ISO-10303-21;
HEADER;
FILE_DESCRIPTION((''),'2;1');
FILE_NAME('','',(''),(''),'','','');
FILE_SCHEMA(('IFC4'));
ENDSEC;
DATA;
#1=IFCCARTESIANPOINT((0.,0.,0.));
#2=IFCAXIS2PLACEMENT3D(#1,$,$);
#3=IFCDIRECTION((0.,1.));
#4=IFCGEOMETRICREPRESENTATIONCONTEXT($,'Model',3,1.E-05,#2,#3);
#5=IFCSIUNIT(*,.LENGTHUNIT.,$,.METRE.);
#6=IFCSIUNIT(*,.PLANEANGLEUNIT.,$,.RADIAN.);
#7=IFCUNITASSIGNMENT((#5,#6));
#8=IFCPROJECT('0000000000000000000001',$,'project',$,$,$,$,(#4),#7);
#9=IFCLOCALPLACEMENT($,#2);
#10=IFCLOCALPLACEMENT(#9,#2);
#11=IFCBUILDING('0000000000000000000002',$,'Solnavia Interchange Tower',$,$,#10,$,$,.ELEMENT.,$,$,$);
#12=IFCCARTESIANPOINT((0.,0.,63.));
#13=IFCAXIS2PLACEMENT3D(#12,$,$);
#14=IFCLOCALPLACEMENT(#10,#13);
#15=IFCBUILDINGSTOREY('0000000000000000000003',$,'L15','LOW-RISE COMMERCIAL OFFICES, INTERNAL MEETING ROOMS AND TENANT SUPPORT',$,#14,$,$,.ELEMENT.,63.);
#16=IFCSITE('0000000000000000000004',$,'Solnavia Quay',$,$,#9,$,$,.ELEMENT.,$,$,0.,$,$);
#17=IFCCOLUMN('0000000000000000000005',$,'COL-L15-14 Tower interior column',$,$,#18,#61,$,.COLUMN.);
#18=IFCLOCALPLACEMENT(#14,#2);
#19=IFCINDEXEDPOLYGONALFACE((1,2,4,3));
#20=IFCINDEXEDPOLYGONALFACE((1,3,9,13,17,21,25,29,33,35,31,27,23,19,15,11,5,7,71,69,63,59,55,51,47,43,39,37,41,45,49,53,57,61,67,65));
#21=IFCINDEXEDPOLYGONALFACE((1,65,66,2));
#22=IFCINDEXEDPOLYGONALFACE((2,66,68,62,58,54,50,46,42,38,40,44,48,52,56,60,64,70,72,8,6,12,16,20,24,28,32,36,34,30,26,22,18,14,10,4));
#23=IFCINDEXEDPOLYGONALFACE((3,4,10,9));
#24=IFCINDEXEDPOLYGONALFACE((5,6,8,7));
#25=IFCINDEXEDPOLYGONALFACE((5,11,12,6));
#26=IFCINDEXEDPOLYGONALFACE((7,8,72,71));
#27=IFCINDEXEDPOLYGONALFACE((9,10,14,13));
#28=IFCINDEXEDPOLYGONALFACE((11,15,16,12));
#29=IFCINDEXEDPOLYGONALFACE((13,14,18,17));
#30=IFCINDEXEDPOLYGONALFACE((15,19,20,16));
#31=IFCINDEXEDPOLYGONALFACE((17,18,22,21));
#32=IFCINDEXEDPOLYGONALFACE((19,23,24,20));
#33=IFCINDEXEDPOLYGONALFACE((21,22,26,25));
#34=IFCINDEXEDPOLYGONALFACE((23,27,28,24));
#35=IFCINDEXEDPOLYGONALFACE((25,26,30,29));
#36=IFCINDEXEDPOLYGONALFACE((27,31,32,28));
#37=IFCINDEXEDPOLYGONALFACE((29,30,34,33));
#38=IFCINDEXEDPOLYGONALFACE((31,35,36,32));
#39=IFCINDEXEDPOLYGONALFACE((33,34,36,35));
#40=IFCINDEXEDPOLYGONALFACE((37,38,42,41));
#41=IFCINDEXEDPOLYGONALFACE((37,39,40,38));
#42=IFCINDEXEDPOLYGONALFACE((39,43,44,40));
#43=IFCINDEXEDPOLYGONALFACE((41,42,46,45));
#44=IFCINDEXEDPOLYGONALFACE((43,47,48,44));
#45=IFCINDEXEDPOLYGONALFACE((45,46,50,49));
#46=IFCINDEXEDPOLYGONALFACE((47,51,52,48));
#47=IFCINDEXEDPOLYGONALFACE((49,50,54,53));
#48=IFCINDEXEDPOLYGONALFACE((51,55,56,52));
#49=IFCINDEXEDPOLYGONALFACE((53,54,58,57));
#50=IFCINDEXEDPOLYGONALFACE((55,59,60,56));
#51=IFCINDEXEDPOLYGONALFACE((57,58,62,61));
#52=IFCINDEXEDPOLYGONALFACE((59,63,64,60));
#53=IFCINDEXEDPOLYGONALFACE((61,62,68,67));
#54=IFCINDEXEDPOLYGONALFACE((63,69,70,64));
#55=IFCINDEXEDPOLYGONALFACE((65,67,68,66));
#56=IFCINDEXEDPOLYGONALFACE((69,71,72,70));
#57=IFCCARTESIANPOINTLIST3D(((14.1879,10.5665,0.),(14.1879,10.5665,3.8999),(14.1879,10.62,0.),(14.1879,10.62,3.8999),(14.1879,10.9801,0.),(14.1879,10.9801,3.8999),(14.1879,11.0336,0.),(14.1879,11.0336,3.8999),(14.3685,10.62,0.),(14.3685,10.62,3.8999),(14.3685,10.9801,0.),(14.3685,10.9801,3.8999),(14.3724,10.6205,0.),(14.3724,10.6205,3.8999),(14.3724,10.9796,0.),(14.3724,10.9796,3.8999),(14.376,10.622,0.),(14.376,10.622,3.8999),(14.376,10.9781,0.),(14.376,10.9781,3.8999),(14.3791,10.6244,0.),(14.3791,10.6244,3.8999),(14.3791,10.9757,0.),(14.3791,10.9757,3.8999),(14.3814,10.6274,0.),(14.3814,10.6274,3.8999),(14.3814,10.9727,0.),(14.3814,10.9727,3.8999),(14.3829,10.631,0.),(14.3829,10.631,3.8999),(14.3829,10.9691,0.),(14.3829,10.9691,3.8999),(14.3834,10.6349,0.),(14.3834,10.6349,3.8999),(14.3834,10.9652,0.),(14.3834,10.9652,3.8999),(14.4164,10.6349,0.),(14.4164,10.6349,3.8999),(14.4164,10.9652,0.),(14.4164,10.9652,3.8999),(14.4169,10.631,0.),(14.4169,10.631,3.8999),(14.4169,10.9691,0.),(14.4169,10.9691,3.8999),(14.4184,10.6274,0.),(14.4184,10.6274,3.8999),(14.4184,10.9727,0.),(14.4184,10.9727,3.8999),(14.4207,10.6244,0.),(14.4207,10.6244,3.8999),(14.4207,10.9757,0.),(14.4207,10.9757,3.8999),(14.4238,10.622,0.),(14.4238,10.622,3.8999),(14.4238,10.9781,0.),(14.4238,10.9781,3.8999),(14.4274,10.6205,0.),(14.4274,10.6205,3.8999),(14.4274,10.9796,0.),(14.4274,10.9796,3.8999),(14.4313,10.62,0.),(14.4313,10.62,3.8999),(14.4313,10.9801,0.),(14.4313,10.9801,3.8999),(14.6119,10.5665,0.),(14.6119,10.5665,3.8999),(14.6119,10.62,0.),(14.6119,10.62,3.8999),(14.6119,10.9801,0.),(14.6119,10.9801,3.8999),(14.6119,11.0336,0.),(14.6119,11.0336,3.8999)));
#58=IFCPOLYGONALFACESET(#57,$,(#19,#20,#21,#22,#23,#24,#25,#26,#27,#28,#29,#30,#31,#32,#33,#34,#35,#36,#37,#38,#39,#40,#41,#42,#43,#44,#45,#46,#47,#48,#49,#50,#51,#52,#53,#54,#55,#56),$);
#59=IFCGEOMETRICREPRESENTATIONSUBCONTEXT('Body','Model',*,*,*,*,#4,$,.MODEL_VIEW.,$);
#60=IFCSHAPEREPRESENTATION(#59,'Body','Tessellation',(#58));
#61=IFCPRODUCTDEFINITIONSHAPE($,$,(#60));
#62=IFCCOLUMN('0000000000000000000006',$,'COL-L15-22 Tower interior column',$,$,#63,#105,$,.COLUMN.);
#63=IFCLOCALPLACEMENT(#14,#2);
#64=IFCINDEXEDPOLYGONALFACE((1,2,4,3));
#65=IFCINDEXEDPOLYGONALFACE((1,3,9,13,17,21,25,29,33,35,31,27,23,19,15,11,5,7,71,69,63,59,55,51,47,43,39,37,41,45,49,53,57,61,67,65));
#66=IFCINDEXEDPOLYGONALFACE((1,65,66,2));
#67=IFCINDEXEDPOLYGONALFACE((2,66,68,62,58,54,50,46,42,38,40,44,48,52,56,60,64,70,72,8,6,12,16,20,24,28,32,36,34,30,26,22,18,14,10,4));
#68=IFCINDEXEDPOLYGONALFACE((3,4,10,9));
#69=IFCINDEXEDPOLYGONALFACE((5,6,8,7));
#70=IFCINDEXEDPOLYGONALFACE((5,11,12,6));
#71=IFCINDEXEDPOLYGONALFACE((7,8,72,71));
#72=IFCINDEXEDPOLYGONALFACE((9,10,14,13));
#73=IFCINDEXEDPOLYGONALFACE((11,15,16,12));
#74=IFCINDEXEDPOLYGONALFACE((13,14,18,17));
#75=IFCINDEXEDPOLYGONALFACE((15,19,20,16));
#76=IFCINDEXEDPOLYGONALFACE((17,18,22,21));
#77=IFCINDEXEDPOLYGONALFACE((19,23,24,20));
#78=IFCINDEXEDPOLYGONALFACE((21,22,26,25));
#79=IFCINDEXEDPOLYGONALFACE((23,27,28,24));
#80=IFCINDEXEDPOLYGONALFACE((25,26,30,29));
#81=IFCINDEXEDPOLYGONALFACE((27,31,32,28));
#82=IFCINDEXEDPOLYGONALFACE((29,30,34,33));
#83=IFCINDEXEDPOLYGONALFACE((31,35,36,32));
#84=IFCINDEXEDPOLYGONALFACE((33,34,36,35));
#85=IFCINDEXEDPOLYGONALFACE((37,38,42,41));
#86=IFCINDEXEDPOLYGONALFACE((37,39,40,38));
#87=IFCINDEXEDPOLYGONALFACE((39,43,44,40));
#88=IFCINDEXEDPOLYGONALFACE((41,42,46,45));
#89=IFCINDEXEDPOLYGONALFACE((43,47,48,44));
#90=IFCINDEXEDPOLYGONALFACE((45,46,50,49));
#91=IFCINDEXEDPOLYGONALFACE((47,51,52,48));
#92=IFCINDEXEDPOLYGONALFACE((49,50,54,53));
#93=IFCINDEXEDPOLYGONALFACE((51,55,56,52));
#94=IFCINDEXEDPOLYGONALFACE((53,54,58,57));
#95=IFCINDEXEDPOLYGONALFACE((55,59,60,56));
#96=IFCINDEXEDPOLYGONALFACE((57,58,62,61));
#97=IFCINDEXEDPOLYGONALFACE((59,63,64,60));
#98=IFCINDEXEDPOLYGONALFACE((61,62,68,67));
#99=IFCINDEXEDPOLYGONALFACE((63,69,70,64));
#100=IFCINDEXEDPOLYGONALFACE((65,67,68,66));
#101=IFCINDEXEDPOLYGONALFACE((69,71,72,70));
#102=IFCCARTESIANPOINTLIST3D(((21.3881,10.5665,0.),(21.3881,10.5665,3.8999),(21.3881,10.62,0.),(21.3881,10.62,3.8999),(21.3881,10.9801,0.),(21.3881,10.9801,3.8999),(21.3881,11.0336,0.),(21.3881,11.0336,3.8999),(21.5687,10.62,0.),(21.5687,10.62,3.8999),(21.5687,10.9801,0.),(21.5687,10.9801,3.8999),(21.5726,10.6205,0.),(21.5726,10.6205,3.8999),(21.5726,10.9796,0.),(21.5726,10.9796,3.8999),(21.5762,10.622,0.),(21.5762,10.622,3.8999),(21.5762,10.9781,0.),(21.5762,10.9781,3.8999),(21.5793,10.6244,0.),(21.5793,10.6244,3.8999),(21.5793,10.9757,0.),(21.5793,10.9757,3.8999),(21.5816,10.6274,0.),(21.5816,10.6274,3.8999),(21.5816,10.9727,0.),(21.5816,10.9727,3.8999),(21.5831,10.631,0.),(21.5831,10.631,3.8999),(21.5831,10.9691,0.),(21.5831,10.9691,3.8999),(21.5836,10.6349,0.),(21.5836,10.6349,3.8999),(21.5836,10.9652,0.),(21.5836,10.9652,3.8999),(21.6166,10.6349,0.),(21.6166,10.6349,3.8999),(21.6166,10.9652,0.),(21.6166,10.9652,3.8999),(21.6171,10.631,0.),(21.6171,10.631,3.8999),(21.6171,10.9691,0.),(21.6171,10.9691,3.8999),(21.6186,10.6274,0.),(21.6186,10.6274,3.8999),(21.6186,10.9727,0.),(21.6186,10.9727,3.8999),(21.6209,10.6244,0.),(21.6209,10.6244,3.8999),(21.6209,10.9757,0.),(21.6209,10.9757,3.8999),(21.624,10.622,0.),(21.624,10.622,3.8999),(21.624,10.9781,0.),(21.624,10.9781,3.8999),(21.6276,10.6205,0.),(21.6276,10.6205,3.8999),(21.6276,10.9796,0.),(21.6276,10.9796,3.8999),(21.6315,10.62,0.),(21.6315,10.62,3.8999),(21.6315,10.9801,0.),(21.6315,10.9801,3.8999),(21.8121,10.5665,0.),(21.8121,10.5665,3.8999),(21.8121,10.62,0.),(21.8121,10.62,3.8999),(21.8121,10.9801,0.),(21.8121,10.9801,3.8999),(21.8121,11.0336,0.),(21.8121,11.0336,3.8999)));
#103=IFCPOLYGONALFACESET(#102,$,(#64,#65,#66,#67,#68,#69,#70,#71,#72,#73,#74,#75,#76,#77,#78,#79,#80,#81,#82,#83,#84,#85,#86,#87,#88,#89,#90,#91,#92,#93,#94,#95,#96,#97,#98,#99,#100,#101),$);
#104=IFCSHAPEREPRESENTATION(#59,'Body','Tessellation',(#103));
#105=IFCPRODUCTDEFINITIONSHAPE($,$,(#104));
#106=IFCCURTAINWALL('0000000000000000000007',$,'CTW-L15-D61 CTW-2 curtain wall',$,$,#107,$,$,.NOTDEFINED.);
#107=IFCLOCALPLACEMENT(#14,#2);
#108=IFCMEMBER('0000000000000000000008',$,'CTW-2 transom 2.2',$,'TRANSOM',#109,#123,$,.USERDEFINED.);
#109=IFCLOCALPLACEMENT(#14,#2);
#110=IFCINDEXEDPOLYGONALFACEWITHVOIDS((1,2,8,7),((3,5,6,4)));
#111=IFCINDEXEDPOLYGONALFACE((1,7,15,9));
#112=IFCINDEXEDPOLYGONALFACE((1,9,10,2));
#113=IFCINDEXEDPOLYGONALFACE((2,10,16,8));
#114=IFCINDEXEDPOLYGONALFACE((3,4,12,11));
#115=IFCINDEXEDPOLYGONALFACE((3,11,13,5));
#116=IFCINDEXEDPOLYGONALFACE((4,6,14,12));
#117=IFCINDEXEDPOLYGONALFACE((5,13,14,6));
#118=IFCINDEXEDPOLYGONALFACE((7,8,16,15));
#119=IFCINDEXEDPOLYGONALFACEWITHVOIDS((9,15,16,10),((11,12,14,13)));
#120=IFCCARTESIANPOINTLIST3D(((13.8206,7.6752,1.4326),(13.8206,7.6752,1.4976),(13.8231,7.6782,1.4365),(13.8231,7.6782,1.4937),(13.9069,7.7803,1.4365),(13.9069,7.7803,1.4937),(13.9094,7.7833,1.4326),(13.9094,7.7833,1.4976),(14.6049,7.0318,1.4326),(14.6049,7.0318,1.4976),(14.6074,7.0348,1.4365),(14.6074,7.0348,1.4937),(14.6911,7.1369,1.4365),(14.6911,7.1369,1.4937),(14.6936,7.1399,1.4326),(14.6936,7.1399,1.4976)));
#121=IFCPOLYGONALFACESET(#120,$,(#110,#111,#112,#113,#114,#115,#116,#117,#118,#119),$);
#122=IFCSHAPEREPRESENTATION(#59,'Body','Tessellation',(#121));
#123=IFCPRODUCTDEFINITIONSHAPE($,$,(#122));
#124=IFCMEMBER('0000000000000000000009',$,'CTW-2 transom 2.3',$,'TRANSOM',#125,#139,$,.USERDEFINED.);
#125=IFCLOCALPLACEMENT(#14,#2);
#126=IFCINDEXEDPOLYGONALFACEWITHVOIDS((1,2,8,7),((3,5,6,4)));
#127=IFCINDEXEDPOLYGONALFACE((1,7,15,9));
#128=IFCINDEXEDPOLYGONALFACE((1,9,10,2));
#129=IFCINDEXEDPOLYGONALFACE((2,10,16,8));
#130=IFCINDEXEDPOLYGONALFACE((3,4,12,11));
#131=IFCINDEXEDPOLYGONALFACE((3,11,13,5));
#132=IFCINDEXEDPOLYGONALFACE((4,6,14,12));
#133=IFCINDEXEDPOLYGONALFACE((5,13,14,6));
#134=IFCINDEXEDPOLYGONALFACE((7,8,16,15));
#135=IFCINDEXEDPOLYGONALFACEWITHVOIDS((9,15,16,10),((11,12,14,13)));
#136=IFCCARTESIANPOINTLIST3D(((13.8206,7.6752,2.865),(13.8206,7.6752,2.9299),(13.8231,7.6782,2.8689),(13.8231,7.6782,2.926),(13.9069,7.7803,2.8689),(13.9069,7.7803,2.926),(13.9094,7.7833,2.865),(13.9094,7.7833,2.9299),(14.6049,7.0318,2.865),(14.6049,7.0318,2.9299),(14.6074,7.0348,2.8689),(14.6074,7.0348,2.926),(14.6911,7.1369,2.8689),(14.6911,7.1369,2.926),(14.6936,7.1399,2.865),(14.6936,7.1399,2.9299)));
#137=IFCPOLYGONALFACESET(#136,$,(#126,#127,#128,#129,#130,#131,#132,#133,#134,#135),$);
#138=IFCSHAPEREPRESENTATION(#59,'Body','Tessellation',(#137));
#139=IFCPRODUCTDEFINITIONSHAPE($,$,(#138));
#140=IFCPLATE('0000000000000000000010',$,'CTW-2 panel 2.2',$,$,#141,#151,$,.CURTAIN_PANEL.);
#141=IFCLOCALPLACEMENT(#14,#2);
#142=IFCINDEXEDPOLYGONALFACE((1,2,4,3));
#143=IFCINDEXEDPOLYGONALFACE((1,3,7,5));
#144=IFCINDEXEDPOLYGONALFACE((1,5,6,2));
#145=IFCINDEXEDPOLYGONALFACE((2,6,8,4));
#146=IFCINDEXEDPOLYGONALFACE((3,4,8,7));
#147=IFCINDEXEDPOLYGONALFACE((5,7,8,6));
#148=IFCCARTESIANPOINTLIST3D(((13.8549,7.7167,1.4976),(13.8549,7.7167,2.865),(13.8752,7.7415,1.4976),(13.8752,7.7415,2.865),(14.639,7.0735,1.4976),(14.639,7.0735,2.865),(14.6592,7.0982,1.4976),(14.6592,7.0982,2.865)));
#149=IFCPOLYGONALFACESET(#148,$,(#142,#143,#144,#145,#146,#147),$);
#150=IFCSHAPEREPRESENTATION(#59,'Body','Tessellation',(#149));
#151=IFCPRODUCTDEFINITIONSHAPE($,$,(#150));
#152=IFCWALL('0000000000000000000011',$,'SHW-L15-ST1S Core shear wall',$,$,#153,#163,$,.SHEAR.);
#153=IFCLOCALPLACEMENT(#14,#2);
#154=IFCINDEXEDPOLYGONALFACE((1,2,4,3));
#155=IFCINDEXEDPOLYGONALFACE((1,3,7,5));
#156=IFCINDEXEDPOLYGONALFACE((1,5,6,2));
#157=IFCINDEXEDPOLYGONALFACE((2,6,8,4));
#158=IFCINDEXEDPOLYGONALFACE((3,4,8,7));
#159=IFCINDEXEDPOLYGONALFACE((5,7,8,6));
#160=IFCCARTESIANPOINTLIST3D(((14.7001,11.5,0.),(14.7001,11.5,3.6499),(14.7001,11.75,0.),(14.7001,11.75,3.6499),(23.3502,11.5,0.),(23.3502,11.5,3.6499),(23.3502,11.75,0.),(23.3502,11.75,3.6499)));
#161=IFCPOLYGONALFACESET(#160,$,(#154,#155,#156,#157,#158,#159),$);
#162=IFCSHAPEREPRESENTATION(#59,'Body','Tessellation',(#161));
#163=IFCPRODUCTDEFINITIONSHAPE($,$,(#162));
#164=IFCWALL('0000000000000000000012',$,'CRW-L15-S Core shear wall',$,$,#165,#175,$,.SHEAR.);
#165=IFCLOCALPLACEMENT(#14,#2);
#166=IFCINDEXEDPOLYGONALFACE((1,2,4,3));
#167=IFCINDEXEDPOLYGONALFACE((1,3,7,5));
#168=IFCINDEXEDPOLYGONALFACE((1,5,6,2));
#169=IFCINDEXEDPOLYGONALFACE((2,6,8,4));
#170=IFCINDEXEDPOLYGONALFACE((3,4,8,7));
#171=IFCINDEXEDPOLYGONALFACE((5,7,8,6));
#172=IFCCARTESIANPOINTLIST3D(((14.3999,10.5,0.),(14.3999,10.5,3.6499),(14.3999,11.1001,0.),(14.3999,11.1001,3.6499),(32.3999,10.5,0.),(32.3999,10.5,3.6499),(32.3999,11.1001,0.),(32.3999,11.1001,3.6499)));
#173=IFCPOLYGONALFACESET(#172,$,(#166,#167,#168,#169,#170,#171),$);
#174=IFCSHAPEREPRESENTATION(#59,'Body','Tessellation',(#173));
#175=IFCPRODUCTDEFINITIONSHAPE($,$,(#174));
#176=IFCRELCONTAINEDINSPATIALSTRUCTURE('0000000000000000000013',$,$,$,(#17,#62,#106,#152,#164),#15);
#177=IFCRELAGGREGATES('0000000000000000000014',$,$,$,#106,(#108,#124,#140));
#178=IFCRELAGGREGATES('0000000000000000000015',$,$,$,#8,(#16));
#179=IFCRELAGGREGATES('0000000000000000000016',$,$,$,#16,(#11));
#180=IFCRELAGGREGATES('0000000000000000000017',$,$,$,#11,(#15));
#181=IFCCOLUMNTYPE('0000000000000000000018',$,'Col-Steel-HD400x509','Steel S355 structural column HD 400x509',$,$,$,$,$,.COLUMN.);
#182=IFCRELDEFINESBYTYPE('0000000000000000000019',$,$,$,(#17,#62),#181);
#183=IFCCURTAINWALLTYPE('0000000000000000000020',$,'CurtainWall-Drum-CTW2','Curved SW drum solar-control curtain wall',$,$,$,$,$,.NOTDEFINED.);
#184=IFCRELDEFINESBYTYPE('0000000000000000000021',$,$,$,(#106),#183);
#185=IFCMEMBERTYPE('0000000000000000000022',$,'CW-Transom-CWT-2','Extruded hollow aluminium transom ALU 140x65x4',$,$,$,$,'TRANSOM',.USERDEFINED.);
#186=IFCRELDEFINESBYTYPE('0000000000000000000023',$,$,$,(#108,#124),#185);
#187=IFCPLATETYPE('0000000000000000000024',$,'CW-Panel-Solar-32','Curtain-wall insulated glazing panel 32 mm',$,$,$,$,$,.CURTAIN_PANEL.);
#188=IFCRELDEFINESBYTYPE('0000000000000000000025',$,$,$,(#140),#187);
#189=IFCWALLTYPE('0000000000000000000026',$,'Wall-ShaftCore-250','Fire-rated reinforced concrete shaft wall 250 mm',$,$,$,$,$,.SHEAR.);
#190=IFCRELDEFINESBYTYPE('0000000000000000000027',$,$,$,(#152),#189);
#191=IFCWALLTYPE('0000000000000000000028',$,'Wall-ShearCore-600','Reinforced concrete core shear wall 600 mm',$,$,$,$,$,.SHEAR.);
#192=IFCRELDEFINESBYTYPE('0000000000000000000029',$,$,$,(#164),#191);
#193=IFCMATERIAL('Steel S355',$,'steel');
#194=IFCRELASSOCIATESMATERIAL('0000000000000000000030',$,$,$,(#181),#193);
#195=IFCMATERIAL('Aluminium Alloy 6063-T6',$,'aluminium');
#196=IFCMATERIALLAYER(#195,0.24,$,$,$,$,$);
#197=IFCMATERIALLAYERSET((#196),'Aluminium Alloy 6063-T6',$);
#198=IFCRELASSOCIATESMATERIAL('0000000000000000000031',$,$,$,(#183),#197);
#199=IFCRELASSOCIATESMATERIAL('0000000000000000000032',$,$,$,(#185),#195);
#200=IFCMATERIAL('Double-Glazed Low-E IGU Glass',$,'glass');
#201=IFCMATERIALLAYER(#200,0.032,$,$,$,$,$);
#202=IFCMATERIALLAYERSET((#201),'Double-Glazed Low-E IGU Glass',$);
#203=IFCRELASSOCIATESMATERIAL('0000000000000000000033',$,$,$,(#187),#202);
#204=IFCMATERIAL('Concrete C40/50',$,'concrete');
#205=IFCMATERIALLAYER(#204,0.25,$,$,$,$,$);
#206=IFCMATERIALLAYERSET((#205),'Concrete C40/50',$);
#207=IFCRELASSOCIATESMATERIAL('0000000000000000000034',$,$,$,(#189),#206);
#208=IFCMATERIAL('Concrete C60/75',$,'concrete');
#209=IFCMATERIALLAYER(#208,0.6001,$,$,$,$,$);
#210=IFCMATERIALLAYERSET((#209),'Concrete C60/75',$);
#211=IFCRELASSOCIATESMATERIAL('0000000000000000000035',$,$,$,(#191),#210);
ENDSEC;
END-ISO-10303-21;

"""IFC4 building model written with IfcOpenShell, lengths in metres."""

from ifc_helpers import new_model, si_unit, direction, frame, frame_2d, origin, origin_2d, place, context, subcontext, project, spatial, rectangle, hollow_rectangle, i_section, extrude, material, layer, layer_set, material_profile, profile_set, type_object, element, aggregate, save


model = new_model("IFC4")

# Units and contexts
model_context = context("Model", 3, precision=1e-05, world=origin(), true_north=direction((0.0, 1.0)))
body_context = subcontext(model_context, "Body", "Model", "MODEL_VIEW")
ifc_project = project(units=[si_unit("LENGTHUNIT", "METRE"), si_unit("PLANEANGLEUNIT", "RADIAN")], contexts=[model_context])

# Site, building, storey
site_placement = place(None, origin())
site = spatial("IfcSite", under=ifc_project, at=site_placement, Name="Solnavia Quay", CompositionType="ELEMENT", RefElevation=0.0)
building_placement = place(site_placement, origin())
building = spatial("IfcBuilding", under=site, at=building_placement, Name="Solnavia Interchange Tower", CompositionType="ELEMENT")
storey_placement = place(building_placement, frame((0.0, 0.0, 63.0)))
storey = spatial("IfcBuildingStorey", under=building, at=storey_placement, Name="L15", Description="LOW-RISE COMMERCIAL OFFICES, INTERNAL MEETING ROOMS AND TENANT SUPPORT", CompositionType="ELEMENT", Elevation=63.0)

# Columns
ifc_material_1 = material(Name="Steel S355", Category="steel")
ifc_material_profile_1 = material_profile(ifc_material_1, i_section(OverallWidth=0.4241, OverallDepth=0.467, WebThickness=0.033, FlangeThickness=0.0535, FilletRadius=0.0149, at=origin_2d()), Name="HD 400x509")
ifc_profile_set_1 = profile_set([ifc_material_profile_1], Name="Steel S355")
column_type = type_object("IfcColumnType", Name="Col-Steel-HD400x509", Description="Steel S355 structural column HD 400x509", PredefinedType="COLUMN", material=ifc_profile_set_1)
for number, where, z_axis, x_axis, name in (
    (1, (14.3999, 10.8, 0.0), (0.0, 0.0, 1.0), (1.0, 0.0, 0.0), "COL-L15-14 Tower interior column"),
    (2, (21.6001, 10.8, 0.0), (0.0, 0.0, 1.0), (1.0, 0.0, 0.0), "COL-L15-22 Tower interior column"),
):
    element("IfcColumn", number, at=place(storey_placement, frame(where, z_axis=z_axis, x_axis=x_axis)), inside=storey, type_object=column_type, Name=name, PredefinedType="COLUMN", context=body_context, shape_type="SweptSolid", body=[
        extrude(i_section(OverallWidth=0.4241, OverallDepth=0.467, WebThickness=0.033, FlangeThickness=0.0535, FilletRadius=0.0149, at=origin_2d()), origin(), (0.0, 0.0, 1.0), 3.8999),
    ])

# Curtain wall, members, plate
ifc_material_2 = material(Name="Aluminium Alloy 6063-T6", Category="aluminium")
ifc_layer_1 = layer(ifc_material_2, 0.24)
ifc_layer_set_1 = layer_set([ifc_layer_1], Name="Aluminium Alloy 6063-T6")
curtain_wall_type = type_object("IfcCurtainWallType", Name="CurtainWall-Drum-CTW2", Description="Curved SW drum solar-control curtain wall", PredefinedType="NOTDEFINED", material=ifc_layer_set_1)
curtain_wall_placement = place(storey_placement, origin())
curtain_wall = element("IfcCurtainWall", 3, at=curtain_wall_placement, inside=storey, type_object=curtain_wall_type, Name="CTW-L15-D61 CTW-2 curtain wall", PredefinedType="NOTDEFINED")
ifc_material_profile_2 = material_profile(ifc_material_2, hollow_rectangle(XDim=0.0649, YDim=0.1399, WallThickness=0.0039, at=origin_2d()), Name="ALU 140x65x4")
ifc_profile_set_2 = profile_set([ifc_material_profile_2], Name="Aluminium Alloy 6063-T6")
member_type = type_object("IfcMemberType", Name="CW-Transom-CWT-2", Description="Extruded hollow aluminium transom ALU 140x65x4", ElementType="TRANSOM", PredefinedType="USERDEFINED", material=ifc_profile_set_2)
member_1_placement = place(storey_placement, frame((13.865, 7.7292, 1.4651), z_axis=(0.773131, -0.634247, 0.0), x_axis=(0.0, 0.0, 1.0)))
member_1 = element("IfcMember", 4, at=member_1_placement, type_object=member_type, Name="CTW-2 transom 2.2", ObjectType="TRANSOM", PredefinedType="USERDEFINED", context=body_context, shape_type="SweptSolid", body=[
    extrude(hollow_rectangle(XDim=0.0649, YDim=0.1399, WallThickness=0.0039, at=origin_2d()), origin(), (0.0, 0.0, 1.0), 1.0144),
])
member_2_placement = place(storey_placement, frame((13.865, 7.7292, 2.8975), z_axis=(0.773131, -0.634247, 0.0), x_axis=(0.0, 0.0, 1.0)))
member_2 = element("IfcMember", 5, at=member_2_placement, type_object=member_type, Name="CTW-2 transom 2.3", ObjectType="TRANSOM", PredefinedType="USERDEFINED", context=body_context, shape_type="SweptSolid", body=[
    extrude(hollow_rectangle(XDim=0.0649, YDim=0.1399, WallThickness=0.0039, at=origin_2d()), origin(), (0.0, 0.0, 1.0), 1.0144),
])
ifc_material_3 = material(Name="Double-Glazed Low-E IGU Glass", Category="glass")
ifc_layer_2 = layer(ifc_material_3, 0.032)
ifc_layer_set_2 = layer_set([ifc_layer_2], Name="Double-Glazed Low-E IGU Glass")
plate_type = type_object("IfcPlateType", Name="CW-Panel-Solar-32", Description="Curtain-wall insulated glazing panel 32 mm", PredefinedType="CURTAIN_PANEL", material=ifc_layer_set_2)
plate_placement = place(storey_placement, frame((14.2571, 7.4075, 1.4976), z_axis=(0.0, 0.0, 1.0), x_axis=(0.773095, -0.634291, 0.0)))
plate = element("IfcPlate", 6, at=plate_placement, type_object=plate_type, Name="CTW-2 panel 2.2", PredefinedType="CURTAIN_PANEL", context=body_context, shape_type="SweptSolid", body=[
    extrude(rectangle(XDim=1.0142, YDim=0.032, at=origin_2d()), origin(), (0.0, 0.0, 1.0), 1.3674),
])
aggregate(curtain_wall, [member_1, member_2, plate])

# Walls
ifc_material_4 = material(Name="Concrete C40/50", Category="concrete")
ifc_layer_3 = layer(ifc_material_4, 0.25)
ifc_layer_set_3 = layer_set([ifc_layer_3], Name="Concrete C40/50")
wall_type_1 = type_object("IfcWallType", Name="Wall-ShaftCore-250", Description="Fire-rated reinforced concrete shaft wall 250 mm", PredefinedType="SHEAR", material=ifc_layer_set_3)
wall_1_placement = place(storey_placement, frame((14.7, 11.625, 0.0), z_axis=(0.0, 0.0, 1.0), x_axis=(1.0, 0.0, 0.0)))
element("IfcWall", 7, at=wall_1_placement, inside=storey, type_object=wall_type_1, Name="SHW-L15-ST1S Core shear wall", PredefinedType="SHEAR", context=body_context, shape_type="SweptSolid", body=[
    extrude(rectangle(XDim=8.6501, YDim=0.25, at=frame_2d((4.3252, 0.0))), origin(), (0.0, 0.0, 1.0), 3.6499),
])
ifc_material_5 = material(Name="Concrete C60/75", Category="concrete")
ifc_layer_4 = layer(ifc_material_5, 0.6001)
ifc_layer_set_4 = layer_set([ifc_layer_4], Name="Concrete C60/75")
wall_type_2 = type_object("IfcWallType", Name="Wall-ShearCore-600", Description="Reinforced concrete core shear wall 600 mm", PredefinedType="SHEAR", material=ifc_layer_set_4)
wall_2_placement = place(storey_placement, frame((14.3999, 10.8, 0.0), z_axis=(0.0, 0.0, 1.0), x_axis=(1.0, 0.0, 0.0)))
element("IfcWall", 8, at=wall_2_placement, inside=storey, type_object=wall_type_2, Name="CRW-L15-S Core shear wall", PredefinedType="SHEAR", context=body_context, shape_type="SweptSolid", body=[
    extrude(rectangle(XDim=18.0, YDim=0.6001, at=frame_2d((9.0, 0.0))), origin(), (0.0, 0.0, 1.0), 3.6499),
])

save(model, "model.ifc")
